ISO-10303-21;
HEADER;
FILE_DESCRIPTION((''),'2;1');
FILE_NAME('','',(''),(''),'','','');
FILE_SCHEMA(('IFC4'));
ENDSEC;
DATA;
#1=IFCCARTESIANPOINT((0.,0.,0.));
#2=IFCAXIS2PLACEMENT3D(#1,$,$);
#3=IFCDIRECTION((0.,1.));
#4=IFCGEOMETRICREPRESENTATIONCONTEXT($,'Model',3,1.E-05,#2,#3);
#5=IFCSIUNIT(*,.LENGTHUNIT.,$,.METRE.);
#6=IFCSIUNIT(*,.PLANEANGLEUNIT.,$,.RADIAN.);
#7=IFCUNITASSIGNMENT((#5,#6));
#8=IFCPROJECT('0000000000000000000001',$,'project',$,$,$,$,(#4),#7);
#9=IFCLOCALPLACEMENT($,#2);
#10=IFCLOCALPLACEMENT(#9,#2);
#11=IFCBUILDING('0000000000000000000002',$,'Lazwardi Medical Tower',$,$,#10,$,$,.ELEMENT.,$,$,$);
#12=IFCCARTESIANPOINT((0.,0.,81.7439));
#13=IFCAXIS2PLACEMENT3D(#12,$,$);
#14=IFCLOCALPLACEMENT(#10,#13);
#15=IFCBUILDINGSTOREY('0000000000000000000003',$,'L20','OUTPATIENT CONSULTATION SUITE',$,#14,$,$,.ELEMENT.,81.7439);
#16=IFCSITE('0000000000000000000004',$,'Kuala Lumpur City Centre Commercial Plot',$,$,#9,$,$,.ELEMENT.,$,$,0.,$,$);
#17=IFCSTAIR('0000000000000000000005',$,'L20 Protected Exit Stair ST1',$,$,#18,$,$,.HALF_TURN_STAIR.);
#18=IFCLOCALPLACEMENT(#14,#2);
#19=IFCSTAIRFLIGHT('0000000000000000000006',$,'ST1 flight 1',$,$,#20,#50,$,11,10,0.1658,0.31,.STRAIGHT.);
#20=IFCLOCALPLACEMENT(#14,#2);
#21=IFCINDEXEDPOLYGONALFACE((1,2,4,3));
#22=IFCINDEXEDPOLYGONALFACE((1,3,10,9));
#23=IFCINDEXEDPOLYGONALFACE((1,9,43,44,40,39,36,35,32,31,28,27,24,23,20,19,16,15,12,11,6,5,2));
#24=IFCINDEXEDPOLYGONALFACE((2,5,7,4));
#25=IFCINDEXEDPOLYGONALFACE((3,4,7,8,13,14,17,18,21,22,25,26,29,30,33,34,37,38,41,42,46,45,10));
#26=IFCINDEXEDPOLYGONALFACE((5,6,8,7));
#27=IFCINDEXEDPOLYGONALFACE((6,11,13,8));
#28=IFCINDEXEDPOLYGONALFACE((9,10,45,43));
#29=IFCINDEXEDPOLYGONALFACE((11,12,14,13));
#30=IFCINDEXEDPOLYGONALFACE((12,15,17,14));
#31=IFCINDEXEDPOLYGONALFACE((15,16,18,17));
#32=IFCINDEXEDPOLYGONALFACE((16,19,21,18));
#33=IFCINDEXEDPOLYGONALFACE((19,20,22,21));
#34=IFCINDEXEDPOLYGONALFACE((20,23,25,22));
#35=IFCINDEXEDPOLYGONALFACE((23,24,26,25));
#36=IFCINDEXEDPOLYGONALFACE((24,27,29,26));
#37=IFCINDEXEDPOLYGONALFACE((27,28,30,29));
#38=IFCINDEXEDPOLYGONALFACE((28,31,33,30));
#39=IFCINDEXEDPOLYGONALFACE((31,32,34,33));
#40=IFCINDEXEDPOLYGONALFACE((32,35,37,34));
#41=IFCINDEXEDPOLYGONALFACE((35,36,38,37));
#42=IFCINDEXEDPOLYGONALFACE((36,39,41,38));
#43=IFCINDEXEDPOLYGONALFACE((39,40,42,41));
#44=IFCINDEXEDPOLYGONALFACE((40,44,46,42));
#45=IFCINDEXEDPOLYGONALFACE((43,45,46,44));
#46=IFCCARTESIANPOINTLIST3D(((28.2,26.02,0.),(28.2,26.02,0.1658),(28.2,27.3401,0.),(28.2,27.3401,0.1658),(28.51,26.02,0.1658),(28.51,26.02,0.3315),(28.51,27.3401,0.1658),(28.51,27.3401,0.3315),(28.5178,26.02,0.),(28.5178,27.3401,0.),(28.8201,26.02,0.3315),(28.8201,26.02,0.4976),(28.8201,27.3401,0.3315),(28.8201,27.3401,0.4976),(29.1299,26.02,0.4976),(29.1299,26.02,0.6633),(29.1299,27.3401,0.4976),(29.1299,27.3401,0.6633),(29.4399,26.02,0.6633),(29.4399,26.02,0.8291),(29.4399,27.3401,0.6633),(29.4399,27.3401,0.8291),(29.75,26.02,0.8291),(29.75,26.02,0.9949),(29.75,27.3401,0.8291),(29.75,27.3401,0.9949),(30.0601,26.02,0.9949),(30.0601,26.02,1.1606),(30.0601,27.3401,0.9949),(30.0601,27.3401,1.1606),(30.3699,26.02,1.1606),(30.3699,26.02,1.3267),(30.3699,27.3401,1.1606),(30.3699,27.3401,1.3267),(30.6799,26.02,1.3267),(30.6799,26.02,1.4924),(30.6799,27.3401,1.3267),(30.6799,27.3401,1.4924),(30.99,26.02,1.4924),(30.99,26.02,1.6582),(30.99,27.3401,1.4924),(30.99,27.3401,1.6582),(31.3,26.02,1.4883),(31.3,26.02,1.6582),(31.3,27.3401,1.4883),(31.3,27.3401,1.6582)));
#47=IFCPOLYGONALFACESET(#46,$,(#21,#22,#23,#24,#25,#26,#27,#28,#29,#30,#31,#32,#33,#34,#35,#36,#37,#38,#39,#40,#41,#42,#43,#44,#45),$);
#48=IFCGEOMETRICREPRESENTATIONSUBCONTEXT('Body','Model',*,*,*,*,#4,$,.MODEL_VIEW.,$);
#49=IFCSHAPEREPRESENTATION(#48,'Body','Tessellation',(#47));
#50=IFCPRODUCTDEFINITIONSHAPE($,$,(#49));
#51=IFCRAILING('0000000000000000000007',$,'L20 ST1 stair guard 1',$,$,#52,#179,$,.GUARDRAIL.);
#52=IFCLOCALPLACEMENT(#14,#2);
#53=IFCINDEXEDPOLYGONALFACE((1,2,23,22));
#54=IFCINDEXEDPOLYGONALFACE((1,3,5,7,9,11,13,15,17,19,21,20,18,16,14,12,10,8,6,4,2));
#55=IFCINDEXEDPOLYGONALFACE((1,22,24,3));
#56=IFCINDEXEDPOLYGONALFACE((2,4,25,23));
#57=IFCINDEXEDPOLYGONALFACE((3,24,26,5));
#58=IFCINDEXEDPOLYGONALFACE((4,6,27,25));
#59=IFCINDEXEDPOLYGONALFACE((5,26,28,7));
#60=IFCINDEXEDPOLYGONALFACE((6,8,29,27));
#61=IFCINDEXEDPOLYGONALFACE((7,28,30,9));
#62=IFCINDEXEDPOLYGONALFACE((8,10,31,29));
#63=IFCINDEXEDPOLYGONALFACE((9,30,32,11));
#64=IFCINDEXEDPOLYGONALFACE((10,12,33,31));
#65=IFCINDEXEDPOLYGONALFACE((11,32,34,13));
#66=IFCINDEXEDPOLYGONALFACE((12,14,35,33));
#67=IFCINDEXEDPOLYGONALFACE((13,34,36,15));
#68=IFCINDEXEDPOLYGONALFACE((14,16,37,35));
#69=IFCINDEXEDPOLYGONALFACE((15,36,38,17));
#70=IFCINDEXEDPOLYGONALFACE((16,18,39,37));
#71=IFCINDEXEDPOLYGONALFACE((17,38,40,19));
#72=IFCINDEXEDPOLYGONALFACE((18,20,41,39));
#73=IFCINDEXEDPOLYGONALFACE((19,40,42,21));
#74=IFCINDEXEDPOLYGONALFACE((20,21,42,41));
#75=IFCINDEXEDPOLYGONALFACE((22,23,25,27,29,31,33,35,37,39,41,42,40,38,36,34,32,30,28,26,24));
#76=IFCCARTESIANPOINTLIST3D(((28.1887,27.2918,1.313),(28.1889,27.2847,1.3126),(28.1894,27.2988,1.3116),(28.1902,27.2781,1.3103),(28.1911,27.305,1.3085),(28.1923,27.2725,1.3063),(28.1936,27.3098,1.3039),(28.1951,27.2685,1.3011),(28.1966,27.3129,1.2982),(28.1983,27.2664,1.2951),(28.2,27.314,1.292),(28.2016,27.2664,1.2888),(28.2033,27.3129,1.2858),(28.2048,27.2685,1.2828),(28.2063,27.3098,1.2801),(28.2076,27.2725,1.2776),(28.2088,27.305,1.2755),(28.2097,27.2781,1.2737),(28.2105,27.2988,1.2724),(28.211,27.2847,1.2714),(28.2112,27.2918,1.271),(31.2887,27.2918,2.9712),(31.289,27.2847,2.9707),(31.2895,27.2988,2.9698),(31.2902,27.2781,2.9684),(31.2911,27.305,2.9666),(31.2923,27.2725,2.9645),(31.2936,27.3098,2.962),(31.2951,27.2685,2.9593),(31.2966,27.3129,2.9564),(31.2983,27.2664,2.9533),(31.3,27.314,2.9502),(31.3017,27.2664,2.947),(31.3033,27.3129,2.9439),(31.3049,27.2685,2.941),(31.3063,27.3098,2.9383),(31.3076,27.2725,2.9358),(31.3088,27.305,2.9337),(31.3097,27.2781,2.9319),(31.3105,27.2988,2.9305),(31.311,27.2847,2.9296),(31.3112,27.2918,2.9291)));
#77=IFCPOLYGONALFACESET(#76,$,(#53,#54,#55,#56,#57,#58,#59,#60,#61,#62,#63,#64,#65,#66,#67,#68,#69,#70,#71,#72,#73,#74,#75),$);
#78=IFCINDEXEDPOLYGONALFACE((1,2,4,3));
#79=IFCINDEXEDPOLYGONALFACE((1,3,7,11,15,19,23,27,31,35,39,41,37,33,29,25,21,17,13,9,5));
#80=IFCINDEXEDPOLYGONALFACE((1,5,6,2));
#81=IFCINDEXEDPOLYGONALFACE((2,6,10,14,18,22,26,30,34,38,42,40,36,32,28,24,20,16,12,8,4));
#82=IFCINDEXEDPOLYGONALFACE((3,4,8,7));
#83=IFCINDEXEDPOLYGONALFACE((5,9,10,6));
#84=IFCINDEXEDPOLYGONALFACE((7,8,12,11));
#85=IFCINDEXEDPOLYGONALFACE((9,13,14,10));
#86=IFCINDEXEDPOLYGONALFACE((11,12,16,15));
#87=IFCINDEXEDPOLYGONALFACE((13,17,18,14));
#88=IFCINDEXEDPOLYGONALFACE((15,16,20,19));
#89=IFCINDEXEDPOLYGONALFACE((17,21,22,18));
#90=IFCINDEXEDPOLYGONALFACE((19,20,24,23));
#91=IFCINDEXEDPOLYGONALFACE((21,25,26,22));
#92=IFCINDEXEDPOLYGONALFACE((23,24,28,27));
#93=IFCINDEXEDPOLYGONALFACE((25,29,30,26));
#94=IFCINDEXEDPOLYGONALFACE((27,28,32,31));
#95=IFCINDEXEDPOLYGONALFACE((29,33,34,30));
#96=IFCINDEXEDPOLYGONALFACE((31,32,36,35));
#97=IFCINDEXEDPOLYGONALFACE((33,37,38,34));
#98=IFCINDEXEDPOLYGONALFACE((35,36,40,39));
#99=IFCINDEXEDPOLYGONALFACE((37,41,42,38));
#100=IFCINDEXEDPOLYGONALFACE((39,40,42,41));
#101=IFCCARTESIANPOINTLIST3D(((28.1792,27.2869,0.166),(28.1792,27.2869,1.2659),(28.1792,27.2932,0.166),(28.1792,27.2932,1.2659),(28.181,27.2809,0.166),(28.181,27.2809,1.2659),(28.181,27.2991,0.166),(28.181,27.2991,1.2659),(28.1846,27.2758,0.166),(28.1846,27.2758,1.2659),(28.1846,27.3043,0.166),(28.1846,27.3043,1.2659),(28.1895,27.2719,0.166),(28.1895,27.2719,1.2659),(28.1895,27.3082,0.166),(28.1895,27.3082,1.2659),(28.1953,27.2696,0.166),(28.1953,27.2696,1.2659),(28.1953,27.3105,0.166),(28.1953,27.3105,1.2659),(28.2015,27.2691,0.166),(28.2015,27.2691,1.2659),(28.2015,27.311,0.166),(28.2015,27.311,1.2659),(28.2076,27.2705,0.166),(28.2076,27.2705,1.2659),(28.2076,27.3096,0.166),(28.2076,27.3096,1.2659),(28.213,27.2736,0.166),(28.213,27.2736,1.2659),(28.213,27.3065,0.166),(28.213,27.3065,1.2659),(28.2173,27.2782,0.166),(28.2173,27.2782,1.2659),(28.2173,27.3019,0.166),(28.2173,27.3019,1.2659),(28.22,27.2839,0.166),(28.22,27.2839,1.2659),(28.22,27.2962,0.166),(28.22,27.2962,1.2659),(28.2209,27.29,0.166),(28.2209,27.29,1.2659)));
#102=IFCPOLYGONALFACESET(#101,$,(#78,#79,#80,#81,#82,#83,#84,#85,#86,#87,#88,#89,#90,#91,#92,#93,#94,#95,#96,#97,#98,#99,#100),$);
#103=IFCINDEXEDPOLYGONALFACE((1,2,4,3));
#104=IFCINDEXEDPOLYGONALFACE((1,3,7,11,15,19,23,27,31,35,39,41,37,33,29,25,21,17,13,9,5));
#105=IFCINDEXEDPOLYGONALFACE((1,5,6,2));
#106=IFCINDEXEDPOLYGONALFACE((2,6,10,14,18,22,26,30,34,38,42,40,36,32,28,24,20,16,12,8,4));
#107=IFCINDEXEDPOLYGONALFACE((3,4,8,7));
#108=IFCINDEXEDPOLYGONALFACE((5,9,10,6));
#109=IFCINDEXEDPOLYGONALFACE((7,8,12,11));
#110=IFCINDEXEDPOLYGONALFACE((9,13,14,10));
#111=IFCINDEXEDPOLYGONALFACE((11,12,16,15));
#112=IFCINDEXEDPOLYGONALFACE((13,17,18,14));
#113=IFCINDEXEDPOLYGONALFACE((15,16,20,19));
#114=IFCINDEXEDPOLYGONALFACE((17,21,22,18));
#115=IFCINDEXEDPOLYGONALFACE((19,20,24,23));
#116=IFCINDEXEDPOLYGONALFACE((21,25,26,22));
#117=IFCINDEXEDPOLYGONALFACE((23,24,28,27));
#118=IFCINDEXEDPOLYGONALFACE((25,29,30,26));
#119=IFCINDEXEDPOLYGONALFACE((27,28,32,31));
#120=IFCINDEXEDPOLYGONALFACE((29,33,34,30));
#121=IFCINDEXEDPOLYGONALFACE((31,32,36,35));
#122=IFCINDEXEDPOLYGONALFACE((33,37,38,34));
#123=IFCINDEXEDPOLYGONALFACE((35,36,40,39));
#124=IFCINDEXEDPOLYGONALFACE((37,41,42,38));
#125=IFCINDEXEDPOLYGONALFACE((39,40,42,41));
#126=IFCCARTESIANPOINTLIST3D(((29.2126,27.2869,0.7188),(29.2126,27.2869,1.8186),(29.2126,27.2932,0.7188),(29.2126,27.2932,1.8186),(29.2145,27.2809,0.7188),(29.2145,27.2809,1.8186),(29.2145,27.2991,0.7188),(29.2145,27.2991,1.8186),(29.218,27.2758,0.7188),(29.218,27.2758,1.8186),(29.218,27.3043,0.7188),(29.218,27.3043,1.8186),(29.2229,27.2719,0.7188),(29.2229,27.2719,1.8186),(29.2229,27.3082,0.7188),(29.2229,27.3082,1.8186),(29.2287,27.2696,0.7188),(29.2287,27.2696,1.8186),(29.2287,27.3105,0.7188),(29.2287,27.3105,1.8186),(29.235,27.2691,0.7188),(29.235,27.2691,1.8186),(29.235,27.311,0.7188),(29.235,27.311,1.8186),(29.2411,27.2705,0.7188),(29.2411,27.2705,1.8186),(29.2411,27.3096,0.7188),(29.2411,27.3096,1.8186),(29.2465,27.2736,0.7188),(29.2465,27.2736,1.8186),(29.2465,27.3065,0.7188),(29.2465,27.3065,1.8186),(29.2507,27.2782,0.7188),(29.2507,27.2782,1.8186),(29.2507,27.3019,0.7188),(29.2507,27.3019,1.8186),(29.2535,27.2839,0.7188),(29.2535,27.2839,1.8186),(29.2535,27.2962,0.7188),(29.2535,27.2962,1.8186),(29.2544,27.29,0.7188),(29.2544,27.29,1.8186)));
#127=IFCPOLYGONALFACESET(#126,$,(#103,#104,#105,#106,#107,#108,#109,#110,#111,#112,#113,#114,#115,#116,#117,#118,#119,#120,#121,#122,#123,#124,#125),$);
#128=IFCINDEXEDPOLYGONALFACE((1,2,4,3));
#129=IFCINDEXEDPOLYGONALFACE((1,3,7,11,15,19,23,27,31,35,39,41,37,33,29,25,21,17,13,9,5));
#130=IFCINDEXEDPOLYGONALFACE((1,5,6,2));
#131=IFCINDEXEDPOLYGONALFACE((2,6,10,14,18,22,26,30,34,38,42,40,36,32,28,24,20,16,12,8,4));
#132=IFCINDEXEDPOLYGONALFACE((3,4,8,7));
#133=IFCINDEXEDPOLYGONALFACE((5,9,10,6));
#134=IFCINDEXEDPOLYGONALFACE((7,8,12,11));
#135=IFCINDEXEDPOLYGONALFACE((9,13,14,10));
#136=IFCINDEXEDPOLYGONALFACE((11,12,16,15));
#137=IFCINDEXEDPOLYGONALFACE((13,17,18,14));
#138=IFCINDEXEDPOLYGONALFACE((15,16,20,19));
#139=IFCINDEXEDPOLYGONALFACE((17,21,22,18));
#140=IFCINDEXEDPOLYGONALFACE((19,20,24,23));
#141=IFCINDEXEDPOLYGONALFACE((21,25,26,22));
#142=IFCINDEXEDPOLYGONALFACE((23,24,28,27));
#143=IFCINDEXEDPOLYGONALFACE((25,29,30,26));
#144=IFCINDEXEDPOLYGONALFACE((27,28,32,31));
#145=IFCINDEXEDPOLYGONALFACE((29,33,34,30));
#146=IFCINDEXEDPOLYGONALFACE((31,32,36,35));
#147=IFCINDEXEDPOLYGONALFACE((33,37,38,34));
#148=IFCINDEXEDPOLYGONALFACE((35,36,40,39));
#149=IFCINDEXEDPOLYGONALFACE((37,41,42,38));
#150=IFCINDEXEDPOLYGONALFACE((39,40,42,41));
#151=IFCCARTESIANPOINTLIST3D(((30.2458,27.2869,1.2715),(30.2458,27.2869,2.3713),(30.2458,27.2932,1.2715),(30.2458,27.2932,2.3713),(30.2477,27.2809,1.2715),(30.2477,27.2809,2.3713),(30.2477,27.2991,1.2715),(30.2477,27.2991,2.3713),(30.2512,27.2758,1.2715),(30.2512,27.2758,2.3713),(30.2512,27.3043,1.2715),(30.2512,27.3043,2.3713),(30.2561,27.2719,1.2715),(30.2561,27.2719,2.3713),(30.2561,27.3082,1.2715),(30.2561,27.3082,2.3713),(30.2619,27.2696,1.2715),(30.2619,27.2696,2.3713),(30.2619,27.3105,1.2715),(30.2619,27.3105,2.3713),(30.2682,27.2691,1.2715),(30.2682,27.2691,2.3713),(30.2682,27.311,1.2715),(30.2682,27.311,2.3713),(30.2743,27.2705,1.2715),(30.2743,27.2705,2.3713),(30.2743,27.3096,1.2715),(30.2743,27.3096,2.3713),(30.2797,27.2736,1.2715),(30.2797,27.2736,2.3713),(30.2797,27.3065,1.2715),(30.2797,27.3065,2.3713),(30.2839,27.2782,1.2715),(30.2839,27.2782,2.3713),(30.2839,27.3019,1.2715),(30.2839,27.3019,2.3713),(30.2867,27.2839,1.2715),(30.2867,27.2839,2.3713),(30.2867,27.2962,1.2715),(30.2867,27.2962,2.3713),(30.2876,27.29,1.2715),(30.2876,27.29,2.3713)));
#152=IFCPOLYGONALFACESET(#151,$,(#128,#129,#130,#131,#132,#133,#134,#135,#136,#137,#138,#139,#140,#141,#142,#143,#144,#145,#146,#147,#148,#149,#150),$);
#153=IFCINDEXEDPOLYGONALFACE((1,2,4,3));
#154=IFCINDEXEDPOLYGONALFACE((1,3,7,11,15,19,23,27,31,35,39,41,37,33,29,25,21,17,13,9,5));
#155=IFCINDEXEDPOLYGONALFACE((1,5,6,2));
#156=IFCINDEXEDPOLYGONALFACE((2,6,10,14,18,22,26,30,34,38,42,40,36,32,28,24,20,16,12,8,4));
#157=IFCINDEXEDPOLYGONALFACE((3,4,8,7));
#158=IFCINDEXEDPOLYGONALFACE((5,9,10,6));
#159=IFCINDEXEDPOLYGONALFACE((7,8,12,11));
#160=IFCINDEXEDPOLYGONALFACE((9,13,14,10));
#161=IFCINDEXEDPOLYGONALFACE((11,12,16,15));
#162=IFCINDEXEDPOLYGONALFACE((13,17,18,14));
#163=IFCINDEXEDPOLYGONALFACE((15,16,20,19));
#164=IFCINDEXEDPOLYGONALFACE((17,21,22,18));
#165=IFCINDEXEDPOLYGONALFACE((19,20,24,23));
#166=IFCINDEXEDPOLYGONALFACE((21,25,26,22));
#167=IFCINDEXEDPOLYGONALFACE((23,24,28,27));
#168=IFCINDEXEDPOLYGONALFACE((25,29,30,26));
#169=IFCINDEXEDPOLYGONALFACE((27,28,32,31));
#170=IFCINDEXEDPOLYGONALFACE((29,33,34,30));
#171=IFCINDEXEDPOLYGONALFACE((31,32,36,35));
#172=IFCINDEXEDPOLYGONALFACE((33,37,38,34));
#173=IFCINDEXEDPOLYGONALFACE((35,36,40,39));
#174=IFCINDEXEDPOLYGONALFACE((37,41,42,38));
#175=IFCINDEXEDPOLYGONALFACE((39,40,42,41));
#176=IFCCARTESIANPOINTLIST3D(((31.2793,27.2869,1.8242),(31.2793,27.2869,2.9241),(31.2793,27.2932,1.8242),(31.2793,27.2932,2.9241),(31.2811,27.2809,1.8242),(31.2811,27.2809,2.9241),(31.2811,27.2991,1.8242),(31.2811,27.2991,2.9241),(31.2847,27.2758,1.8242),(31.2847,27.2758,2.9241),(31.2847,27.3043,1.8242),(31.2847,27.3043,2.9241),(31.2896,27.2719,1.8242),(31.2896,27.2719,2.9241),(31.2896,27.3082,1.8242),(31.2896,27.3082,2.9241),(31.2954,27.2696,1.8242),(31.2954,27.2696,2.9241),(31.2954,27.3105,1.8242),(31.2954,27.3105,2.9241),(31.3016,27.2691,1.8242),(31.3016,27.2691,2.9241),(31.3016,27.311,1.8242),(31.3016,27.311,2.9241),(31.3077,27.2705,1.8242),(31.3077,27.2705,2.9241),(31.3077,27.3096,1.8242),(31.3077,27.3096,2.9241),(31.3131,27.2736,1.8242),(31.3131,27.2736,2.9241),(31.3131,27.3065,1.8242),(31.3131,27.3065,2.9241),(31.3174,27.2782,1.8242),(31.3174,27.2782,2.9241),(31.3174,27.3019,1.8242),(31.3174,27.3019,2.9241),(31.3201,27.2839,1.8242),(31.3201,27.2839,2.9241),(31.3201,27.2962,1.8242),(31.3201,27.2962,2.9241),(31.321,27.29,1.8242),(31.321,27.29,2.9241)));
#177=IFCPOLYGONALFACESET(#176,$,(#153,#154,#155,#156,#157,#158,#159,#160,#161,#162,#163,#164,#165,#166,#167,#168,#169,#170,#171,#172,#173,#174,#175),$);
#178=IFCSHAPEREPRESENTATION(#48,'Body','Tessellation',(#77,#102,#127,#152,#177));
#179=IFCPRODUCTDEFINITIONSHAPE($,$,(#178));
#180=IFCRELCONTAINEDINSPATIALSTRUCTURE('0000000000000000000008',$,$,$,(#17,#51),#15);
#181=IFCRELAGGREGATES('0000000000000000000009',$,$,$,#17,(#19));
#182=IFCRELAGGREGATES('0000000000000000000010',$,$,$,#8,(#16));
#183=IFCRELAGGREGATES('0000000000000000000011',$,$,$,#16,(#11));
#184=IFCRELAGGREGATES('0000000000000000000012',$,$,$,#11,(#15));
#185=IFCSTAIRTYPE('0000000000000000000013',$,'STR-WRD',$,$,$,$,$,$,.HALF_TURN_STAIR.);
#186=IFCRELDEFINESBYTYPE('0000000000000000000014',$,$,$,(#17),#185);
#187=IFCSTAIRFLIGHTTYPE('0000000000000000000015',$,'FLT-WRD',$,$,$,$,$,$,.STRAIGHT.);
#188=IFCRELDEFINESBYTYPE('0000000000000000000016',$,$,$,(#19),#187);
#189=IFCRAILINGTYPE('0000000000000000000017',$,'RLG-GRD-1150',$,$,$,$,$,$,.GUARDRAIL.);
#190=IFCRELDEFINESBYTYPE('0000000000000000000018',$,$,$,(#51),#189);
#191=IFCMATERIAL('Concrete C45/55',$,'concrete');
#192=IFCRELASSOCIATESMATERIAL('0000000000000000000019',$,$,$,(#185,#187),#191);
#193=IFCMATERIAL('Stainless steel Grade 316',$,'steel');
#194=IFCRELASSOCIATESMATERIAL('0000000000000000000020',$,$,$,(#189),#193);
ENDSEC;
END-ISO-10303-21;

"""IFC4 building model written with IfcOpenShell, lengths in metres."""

from ifc_helpers import new_model, si_unit, direction, frame, origin, origin_2d, place, context, subcontext, project, spatial, polyline, circle, outline, extrude, material, type_object, element, aggregate, save


model = new_model("IFC4")

# Units and contexts
model_context = context("Model", 3, precision=1e-05, world=origin(), true_north=direction((0.0, 1.0)))
body_context = subcontext(model_context, "Body", "Model", "MODEL_VIEW")
ifc_project = project(units=[si_unit("LENGTHUNIT", "METRE"), si_unit("PLANEANGLEUNIT", "RADIAN")], contexts=[model_context])

# Site, building, storey
site_placement = place(None, origin())
site = spatial("IfcSite", under=ifc_project, at=site_placement, Name="Kuala Lumpur City Centre Commercial Plot", CompositionType="ELEMENT", RefElevation=0.0)
building_placement = place(site_placement, origin())
building = spatial("IfcBuilding", under=site, at=building_placement, Name="Lazwardi Medical Tower", CompositionType="ELEMENT")
storey_placement = place(building_placement, frame((0.0, 0.0, 81.7439)))
storey = spatial("IfcBuildingStorey", under=building, at=storey_placement, Name="L20", Description="OUTPATIENT CONSULTATION SUITE", CompositionType="ELEMENT", Elevation=81.7439)

# Stair, stair flight
ifc_material_1 = material(Name="Concrete C45/55", Category="concrete")
stair_type = type_object("IfcStairType", Name="STR-WRD", PredefinedType="HALF_TURN_STAIR", material=ifc_material_1)
stair_placement = place(storey_placement, origin())
stair = element("IfcStair", 1, at=stair_placement, inside=storey, type_object=stair_type, Name="L20 Protected Exit Stair ST1", PredefinedType="HALF_TURN_STAIR")
stair_flight_type = type_object("IfcStairFlightType", Name="FLT-WRD", PredefinedType="STRAIGHT", material=ifc_material_1)
stair_flight_placement = place(storey_placement, frame((28.2, 26.6799, 0.0), z_axis=(0.0, 0.0, 1.0), x_axis=(1.0, 0.0, 0.0)))
stair_flight = element("IfcStairFlight", 2, at=stair_flight_placement, type_object=stair_flight_type, Name="ST1 flight 1", NumberOfRisers=11, NumberOfTreads=10, PredefinedType="STRAIGHT", RiserHeight=0.1658, TreadLength=0.31, context=body_context, shape_type="SweptSolid", body=[
    extrude(outline(polyline([(0.0, 0.0), (0.0, 0.1658), (0.3101, 0.1658), (0.3101, 0.3315), (0.6201, 0.3315), (0.6201, 0.4976), (0.9299, 0.4976), (0.9299, 0.6633), (1.24, 0.6633), (1.24, 0.8291), (1.55, 0.8291), (1.55, 0.9949), (1.8601, 0.9949), (1.8601, 1.1606), (2.1699, 1.1606), (2.1699, 1.3267), (2.48, 1.3267), (2.48, 1.4924), (2.79, 1.4924), (2.79, 1.6582), (3.1001, 1.6582), (3.1001, 1.824), (3.1001, 1.4883), (0.3179, 0.0), (0.0, 0.0)])), frame((0.0, 0.6602, 0.0), z_axis=(0.0, -1.0, 0.0), x_axis=(1.0, 0.0, 0.0)), (0.0, 0.0, 1.0), 1.3201),
])
aggregate(stair, [stair_flight])

# Railing
ifc_material_2 = material(Name="Stainless steel Grade 316", Category="steel")
railing_type_1 = type_object("IfcRailingType", Name="RLG-GRD-1150", PredefinedType="GUARDRAIL", material=ifc_material_2)
railing_1_placement = place(storey_placement, frame((28.2, 27.29, 0.166)))
element("IfcRailing", 3, at=railing_1_placement, inside=storey, type_object=railing_type_1, Name="L20 ST1 stair guard 1", PredefinedType="GUARDRAIL", context=body_context, shape_type="SweptSolid", body=[
    extrude(circle(Radius=0.0239, at=origin_2d()), frame((0.0, 0.0, 1.126), z_axis=(0.881783, 0.0, 0.471655), x_axis=(0.0, 1.0, 0.0)), (0.0, 0.0, 1.0), 3.5156),
    extrude(circle(Radius=0.021, at=origin_2d()), origin(), (0.0, 0.0, 1.0), 1.0999),
    extrude(circle(Radius=0.021, at=origin_2d()), frame((1.0334, 0.0, 0.5527)), (0.0, 0.0, 1.0), 1.0999),
    extrude(circle(Radius=0.021, at=origin_2d()), frame((2.0667, 0.0, 1.1055)), (0.0, 0.0, 1.0), 1.0999),
    extrude(circle(Radius=0.021, at=origin_2d()), frame((3.1001, 0.0, 1.6582)), (0.0, 0.0, 1.0), 1.0999),
])

save(model, "model.ifc")
